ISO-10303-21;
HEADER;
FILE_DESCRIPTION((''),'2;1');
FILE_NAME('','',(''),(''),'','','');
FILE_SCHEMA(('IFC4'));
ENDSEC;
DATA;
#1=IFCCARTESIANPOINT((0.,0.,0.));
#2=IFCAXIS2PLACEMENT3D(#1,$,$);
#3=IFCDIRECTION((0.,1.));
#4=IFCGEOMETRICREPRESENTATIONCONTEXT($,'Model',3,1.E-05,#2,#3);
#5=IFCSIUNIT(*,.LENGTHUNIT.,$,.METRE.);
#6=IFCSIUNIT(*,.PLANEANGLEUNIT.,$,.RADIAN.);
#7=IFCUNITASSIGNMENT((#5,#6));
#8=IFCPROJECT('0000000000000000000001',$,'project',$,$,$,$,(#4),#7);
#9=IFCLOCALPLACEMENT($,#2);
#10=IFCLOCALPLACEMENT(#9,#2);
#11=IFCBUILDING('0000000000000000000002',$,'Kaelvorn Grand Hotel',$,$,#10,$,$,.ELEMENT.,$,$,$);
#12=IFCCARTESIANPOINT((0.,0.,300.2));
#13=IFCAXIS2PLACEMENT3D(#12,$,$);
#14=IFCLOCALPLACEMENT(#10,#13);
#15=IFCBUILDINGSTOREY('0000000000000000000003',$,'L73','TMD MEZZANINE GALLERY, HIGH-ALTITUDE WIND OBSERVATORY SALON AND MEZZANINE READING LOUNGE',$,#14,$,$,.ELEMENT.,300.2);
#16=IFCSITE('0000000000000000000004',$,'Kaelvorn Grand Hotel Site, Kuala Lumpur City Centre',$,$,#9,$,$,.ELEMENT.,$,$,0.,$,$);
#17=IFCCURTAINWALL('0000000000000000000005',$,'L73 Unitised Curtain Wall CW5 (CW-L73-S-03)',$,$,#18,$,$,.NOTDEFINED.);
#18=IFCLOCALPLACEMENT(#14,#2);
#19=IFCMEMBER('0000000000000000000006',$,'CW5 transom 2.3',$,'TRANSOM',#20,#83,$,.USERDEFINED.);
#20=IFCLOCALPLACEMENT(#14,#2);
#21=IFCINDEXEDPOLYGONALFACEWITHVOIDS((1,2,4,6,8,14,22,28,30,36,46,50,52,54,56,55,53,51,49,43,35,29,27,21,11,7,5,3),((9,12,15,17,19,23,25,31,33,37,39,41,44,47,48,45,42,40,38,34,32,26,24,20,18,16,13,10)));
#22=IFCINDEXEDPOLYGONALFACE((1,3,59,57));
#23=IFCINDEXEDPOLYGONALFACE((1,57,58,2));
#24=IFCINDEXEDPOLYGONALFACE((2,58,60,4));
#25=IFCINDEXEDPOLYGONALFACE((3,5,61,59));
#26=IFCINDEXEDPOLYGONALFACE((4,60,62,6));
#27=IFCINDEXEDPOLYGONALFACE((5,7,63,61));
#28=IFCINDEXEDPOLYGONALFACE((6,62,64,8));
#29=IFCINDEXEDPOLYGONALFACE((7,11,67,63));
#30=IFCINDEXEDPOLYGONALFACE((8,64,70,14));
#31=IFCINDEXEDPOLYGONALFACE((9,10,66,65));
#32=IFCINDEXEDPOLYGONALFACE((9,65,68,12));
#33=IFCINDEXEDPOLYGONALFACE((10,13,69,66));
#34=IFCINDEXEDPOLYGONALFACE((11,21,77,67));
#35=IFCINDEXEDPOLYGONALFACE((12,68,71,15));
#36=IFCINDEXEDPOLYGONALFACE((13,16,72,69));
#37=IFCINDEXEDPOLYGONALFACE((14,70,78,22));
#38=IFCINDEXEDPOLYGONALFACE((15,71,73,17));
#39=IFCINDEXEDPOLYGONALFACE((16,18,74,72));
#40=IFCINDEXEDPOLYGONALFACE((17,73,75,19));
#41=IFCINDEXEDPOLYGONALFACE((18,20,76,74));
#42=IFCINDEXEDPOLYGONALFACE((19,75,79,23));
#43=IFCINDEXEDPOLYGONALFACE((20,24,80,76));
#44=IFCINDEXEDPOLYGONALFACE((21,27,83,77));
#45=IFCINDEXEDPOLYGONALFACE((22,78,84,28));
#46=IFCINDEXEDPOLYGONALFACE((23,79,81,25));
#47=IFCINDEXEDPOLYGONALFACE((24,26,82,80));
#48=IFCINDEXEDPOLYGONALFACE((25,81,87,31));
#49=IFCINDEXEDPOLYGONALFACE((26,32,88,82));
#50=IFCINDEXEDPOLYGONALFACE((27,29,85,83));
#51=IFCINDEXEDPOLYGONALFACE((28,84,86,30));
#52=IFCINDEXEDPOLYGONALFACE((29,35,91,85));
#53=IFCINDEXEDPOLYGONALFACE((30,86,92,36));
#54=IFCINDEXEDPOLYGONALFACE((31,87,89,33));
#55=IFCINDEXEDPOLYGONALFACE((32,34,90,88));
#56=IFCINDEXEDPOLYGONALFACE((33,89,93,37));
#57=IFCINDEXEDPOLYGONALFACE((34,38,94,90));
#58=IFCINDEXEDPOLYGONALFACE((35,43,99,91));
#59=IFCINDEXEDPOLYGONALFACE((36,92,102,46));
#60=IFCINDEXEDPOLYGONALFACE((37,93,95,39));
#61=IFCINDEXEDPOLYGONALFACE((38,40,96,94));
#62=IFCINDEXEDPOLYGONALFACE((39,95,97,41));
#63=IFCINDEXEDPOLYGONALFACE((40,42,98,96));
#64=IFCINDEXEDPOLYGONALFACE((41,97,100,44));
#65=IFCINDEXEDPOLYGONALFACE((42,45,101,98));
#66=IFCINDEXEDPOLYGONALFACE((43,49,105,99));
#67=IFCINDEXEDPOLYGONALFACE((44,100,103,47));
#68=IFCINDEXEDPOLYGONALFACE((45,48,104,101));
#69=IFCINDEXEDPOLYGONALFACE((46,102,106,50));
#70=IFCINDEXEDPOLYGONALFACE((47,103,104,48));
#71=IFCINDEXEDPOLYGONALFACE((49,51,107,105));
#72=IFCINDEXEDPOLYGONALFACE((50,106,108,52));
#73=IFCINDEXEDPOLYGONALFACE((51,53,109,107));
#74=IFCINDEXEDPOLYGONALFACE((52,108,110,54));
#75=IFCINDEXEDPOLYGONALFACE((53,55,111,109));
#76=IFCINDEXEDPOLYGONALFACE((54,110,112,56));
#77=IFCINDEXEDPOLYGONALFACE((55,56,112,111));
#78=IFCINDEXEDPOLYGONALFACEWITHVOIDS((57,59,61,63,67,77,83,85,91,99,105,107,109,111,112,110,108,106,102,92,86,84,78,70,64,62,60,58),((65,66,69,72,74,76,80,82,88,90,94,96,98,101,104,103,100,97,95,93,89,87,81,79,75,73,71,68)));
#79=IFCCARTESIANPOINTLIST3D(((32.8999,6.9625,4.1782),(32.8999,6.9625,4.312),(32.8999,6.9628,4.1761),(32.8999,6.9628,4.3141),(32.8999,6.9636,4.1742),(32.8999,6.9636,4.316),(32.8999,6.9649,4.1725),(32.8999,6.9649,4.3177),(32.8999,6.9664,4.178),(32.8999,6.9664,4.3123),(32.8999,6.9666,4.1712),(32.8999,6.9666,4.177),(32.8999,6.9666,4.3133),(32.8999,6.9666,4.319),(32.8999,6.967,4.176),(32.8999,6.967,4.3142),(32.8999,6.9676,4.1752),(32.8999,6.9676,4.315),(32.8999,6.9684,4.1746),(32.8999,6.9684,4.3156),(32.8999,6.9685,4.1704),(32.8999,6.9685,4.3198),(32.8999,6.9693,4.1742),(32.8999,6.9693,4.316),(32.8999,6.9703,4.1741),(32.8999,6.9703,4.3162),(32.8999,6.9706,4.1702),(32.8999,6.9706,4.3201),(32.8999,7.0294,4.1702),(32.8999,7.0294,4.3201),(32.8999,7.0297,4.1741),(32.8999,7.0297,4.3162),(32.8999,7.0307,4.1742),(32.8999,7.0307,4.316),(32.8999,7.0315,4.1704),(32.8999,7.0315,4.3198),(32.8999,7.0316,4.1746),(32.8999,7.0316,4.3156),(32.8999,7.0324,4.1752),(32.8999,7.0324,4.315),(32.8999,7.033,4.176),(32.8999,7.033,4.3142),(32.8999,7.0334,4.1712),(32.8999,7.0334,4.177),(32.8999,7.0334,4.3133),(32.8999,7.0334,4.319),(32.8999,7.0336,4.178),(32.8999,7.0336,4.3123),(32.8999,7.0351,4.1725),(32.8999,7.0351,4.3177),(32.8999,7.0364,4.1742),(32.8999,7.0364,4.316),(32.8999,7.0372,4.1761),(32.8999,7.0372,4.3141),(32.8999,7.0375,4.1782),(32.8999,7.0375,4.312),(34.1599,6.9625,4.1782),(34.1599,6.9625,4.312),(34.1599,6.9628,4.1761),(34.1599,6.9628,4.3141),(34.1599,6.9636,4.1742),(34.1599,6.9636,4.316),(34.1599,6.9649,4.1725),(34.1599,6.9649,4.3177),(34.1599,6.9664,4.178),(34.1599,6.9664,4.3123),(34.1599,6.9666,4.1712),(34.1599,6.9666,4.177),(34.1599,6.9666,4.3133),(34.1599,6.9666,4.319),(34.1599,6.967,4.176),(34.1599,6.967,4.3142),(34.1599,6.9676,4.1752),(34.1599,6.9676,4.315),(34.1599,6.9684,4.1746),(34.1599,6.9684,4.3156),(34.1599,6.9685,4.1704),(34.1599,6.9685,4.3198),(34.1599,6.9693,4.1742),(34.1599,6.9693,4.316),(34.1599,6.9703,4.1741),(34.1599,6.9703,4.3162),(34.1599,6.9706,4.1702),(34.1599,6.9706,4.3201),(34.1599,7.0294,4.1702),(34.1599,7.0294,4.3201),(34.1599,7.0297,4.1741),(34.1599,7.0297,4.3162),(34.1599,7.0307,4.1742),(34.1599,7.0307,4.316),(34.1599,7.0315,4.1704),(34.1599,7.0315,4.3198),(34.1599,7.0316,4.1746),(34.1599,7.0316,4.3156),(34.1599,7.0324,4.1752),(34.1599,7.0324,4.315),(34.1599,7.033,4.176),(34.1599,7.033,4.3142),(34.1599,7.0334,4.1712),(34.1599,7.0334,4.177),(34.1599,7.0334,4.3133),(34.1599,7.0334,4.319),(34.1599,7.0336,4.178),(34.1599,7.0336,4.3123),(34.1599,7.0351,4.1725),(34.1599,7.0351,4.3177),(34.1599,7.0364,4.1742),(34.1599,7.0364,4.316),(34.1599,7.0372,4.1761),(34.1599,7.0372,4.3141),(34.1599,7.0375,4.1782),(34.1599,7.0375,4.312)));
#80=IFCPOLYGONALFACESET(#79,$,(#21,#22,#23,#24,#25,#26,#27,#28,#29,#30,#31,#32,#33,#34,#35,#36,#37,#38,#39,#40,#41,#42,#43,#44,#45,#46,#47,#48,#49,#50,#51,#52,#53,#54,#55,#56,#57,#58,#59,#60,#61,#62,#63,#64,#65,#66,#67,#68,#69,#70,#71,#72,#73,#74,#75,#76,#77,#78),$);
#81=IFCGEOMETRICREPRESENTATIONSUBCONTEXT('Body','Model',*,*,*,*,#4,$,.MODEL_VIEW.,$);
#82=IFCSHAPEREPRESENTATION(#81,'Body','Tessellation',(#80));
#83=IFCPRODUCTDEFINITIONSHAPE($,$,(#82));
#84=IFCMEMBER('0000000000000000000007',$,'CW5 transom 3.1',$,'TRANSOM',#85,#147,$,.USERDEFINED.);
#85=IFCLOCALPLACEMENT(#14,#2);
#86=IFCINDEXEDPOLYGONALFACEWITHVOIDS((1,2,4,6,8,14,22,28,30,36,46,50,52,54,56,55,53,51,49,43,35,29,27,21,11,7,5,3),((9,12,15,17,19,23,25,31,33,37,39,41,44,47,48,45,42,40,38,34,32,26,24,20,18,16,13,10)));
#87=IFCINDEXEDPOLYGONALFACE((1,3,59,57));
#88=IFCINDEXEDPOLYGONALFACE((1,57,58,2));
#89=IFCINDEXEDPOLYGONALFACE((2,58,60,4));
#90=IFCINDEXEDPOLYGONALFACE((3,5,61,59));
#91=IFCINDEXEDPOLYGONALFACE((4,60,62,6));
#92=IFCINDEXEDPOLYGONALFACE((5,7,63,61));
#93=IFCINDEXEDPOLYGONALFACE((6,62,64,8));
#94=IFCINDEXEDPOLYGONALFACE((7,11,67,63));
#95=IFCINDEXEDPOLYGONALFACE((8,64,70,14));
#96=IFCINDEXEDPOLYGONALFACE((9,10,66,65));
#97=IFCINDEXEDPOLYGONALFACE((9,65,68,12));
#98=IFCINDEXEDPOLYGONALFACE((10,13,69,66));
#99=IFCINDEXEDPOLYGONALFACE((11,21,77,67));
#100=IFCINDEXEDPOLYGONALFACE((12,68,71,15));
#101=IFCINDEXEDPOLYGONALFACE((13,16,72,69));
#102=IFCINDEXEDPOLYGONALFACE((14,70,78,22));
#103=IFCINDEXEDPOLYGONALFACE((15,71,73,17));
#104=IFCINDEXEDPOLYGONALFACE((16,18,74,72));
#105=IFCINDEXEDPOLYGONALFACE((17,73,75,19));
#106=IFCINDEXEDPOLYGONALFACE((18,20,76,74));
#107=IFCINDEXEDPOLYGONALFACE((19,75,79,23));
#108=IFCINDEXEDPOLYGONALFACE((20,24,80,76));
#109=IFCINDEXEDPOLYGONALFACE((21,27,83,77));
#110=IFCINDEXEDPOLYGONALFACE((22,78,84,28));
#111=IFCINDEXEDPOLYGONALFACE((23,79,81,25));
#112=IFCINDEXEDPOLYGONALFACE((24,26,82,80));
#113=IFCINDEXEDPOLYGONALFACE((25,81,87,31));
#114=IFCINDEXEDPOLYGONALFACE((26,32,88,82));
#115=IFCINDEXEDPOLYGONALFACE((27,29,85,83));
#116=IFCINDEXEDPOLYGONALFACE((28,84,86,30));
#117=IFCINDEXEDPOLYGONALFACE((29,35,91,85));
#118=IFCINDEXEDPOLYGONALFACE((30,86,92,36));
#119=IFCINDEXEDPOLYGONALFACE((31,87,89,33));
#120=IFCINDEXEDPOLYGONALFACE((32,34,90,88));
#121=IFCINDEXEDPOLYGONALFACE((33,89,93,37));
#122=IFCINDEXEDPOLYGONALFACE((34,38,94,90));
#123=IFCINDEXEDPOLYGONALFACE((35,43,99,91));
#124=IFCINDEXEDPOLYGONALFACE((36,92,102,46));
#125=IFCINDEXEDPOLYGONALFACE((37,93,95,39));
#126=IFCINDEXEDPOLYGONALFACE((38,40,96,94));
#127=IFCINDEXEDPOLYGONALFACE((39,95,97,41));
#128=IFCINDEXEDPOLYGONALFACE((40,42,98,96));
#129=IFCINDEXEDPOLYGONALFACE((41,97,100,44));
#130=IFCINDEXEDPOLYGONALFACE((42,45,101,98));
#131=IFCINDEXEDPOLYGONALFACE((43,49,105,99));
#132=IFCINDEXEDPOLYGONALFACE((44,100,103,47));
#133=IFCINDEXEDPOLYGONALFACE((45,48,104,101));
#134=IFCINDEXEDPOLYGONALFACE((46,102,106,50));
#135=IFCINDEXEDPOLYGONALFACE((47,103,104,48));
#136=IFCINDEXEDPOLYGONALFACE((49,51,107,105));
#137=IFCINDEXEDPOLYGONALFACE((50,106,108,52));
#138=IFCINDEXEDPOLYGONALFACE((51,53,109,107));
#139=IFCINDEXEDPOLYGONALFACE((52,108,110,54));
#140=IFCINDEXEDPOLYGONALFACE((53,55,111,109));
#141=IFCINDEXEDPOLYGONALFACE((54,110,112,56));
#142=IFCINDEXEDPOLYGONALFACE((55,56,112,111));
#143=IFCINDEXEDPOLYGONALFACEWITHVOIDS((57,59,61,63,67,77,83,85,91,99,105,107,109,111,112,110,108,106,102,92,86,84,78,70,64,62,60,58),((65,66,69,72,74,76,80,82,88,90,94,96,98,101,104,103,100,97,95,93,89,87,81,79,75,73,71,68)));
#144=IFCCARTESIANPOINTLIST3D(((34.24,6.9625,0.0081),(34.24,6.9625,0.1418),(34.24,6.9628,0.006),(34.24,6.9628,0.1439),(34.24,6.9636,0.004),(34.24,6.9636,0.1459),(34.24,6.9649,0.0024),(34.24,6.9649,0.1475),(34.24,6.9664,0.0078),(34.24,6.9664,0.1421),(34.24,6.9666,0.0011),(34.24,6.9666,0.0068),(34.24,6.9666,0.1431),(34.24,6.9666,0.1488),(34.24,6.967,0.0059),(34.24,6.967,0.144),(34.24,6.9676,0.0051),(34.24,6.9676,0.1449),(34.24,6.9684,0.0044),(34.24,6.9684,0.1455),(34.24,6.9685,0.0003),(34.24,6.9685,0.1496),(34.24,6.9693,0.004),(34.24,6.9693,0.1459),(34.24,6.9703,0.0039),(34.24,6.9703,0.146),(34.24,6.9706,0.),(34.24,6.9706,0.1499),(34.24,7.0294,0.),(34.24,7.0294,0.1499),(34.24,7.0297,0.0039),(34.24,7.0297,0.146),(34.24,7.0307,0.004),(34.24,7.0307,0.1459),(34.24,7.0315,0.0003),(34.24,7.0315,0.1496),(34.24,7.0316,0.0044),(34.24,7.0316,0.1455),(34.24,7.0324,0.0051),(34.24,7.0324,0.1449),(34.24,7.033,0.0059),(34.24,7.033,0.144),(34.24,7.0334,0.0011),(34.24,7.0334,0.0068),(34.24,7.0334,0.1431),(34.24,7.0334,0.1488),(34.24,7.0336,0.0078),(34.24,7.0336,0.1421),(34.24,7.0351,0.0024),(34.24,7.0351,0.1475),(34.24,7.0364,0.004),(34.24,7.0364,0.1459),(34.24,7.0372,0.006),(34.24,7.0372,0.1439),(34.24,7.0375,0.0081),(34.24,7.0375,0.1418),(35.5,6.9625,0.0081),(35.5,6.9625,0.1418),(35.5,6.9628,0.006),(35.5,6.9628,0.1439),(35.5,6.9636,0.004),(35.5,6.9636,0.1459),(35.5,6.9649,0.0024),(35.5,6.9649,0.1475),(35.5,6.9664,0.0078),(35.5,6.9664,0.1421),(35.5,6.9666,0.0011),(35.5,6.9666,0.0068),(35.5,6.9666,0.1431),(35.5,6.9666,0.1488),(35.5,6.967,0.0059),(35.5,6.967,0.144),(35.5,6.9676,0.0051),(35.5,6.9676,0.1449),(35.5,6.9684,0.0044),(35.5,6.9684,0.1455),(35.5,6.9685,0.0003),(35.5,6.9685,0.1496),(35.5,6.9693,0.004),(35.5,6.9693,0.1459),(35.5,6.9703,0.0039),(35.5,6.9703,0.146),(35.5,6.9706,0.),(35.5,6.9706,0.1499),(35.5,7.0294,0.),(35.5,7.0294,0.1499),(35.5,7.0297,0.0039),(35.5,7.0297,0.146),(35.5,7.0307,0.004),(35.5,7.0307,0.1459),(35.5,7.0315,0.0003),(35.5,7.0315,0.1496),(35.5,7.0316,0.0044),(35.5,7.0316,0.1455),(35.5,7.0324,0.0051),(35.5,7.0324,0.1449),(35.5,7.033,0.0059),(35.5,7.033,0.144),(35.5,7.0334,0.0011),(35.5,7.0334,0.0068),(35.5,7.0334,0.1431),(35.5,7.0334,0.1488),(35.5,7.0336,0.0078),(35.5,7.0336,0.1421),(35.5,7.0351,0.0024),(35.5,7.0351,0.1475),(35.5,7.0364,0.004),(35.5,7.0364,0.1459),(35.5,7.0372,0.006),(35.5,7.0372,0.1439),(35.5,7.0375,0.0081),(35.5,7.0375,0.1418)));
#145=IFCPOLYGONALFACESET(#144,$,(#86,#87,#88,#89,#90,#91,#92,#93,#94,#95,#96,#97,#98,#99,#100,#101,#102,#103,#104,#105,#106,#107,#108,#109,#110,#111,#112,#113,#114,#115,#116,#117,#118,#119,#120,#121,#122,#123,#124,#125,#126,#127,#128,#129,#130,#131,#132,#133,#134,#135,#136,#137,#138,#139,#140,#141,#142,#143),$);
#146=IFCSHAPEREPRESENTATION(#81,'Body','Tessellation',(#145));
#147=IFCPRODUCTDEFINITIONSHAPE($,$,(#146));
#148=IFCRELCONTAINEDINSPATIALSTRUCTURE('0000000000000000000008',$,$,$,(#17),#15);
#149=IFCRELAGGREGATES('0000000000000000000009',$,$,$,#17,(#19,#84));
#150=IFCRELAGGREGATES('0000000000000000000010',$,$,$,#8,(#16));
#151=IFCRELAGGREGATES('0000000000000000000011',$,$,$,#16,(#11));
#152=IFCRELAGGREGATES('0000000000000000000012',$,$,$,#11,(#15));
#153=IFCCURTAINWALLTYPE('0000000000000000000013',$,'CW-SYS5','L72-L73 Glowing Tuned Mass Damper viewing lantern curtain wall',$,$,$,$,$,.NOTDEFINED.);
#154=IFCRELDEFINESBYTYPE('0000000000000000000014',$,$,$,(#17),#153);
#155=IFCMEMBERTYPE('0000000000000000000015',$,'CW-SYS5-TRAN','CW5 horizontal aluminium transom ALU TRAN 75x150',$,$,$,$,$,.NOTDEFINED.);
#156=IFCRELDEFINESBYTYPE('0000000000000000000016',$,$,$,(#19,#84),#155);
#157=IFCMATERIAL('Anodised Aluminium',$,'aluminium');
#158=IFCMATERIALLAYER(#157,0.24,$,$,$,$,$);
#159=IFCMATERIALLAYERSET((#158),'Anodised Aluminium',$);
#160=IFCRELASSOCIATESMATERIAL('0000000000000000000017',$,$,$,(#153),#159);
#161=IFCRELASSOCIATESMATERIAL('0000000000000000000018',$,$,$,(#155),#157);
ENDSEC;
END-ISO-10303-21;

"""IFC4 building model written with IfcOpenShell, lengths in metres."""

from ifc_helpers import new_model, si_unit, direction, frame, origin, origin_2d, place, context, subcontext, project, spatial, hollow_rectangle, extrude, material, layer, layer_set, material_profile, profile_set, type_object, element, aggregate, save


model = new_model("IFC4")

# Units and contexts
model_context = context("Model", 3, precision=1e-05, world=origin(), true_north=direction((0.0, 1.0)))
body_context = subcontext(model_context, "Body", "Model", "MODEL_VIEW")
ifc_project = project(units=[si_unit("LENGTHUNIT", "METRE"), si_unit("PLANEANGLEUNIT", "RADIAN")], contexts=[model_context])

# Site, building, storey
site_placement = place(None, origin())
site = spatial("IfcSite", under=ifc_project, at=site_placement, Name="Kaelvorn Grand Hotel Site, Kuala Lumpur City Centre", CompositionType="ELEMENT", RefElevation=0.0)
building_placement = place(site_placement, origin())
building = spatial("IfcBuilding", under=site, at=building_placement, Name="Kaelvorn Grand Hotel", CompositionType="ELEMENT")
storey_placement = place(building_placement, frame((0.0, 0.0, 300.2)))
storey = spatial("IfcBuildingStorey", under=building, at=storey_placement, Name="L73", Description="TMD MEZZANINE GALLERY, HIGH-ALTITUDE WIND OBSERVATORY SALON AND MEZZANINE READING LOUNGE", CompositionType="ELEMENT", Elevation=300.2)

# Curtain wall
ifc_material_1 = material(Name="Anodised Aluminium", Category="aluminium")
ifc_layer_1 = layer(ifc_material_1, 0.24)
ifc_layer_set_1 = layer_set([ifc_layer_1], Name="Anodised Aluminium")
curtain_wall_type = type_object("IfcCurtainWallType", Name="CW-SYS5", Description="L72-L73 Glowing Tuned Mass Damper viewing lantern curtain wall", PredefinedType="NOTDEFINED", material=ifc_layer_set_1)
curtain_wall_1_placement = place(storey_placement, origin())
curtain_wall_1 = element("IfcCurtainWall", 1, at=curtain_wall_1_placement, inside=storey, type_object=curtain_wall_type, Name="L73 Unitised Curtain Wall CW5 (CW-L73-S-03)", PredefinedType="NOTDEFINED")

# Members
ifc_material_profile_1 = material_profile(ifc_material_1, hollow_rectangle(XDim=0.075, YDim=0.1499, WallThickness=0.0039, InnerFilletRadius=0.0039, OuterFilletRadius=0.0081, at=origin_2d()), Name="ALU TRAN 75x150")
ifc_profile_set_1 = profile_set([ifc_material_profile_1], Name="Anodised Aluminium")
member_type_1 = type_object("IfcMemberType", Name="CW-SYS5-TRAN", Description="CW5 horizontal aluminium transom ALU TRAN 75x150", PredefinedType="NOTDEFINED", material=ifc_profile_set_1)
member_1_placement = place(storey_placement, frame((32.8999, 7.0, 4.2451), z_axis=(1.0, 0.0, 0.0), x_axis=(0.0, 1.0, 0.0)))
member_1 = element("IfcMember", 2, at=member_1_placement, type_object=member_type_1, Name="CW5 transom 2.3", ObjectType="TRANSOM", PredefinedType="USERDEFINED", context=body_context, shape_type="SweptSolid", body=[
    extrude(hollow_rectangle(XDim=0.075, YDim=0.1499, WallThickness=0.0039, InnerFilletRadius=0.0039, OuterFilletRadius=0.0081, at=origin_2d()), origin(), (0.0, 0.0, 1.0), 1.26),
])
member_2_placement = place(storey_placement, frame((34.24, 7.0, 0.075), z_axis=(1.0, 0.0, 0.0), x_axis=(0.0, 1.0, 0.0)))
member_2 = element("IfcMember", 3, at=member_2_placement, type_object=member_type_1, Name="CW5 transom 3.1", ObjectType="TRANSOM", PredefinedType="USERDEFINED", context=body_context, shape_type="SweptSolid", body=[
    extrude(hollow_rectangle(XDim=0.075, YDim=0.1499, WallThickness=0.0039, InnerFilletRadius=0.0039, OuterFilletRadius=0.0081, at=origin_2d()), origin(), (0.0, 0.0, 1.0), 1.26),
])

aggregate(curtain_wall_1, [member_1, member_2])

save(model, "model.ifc")
